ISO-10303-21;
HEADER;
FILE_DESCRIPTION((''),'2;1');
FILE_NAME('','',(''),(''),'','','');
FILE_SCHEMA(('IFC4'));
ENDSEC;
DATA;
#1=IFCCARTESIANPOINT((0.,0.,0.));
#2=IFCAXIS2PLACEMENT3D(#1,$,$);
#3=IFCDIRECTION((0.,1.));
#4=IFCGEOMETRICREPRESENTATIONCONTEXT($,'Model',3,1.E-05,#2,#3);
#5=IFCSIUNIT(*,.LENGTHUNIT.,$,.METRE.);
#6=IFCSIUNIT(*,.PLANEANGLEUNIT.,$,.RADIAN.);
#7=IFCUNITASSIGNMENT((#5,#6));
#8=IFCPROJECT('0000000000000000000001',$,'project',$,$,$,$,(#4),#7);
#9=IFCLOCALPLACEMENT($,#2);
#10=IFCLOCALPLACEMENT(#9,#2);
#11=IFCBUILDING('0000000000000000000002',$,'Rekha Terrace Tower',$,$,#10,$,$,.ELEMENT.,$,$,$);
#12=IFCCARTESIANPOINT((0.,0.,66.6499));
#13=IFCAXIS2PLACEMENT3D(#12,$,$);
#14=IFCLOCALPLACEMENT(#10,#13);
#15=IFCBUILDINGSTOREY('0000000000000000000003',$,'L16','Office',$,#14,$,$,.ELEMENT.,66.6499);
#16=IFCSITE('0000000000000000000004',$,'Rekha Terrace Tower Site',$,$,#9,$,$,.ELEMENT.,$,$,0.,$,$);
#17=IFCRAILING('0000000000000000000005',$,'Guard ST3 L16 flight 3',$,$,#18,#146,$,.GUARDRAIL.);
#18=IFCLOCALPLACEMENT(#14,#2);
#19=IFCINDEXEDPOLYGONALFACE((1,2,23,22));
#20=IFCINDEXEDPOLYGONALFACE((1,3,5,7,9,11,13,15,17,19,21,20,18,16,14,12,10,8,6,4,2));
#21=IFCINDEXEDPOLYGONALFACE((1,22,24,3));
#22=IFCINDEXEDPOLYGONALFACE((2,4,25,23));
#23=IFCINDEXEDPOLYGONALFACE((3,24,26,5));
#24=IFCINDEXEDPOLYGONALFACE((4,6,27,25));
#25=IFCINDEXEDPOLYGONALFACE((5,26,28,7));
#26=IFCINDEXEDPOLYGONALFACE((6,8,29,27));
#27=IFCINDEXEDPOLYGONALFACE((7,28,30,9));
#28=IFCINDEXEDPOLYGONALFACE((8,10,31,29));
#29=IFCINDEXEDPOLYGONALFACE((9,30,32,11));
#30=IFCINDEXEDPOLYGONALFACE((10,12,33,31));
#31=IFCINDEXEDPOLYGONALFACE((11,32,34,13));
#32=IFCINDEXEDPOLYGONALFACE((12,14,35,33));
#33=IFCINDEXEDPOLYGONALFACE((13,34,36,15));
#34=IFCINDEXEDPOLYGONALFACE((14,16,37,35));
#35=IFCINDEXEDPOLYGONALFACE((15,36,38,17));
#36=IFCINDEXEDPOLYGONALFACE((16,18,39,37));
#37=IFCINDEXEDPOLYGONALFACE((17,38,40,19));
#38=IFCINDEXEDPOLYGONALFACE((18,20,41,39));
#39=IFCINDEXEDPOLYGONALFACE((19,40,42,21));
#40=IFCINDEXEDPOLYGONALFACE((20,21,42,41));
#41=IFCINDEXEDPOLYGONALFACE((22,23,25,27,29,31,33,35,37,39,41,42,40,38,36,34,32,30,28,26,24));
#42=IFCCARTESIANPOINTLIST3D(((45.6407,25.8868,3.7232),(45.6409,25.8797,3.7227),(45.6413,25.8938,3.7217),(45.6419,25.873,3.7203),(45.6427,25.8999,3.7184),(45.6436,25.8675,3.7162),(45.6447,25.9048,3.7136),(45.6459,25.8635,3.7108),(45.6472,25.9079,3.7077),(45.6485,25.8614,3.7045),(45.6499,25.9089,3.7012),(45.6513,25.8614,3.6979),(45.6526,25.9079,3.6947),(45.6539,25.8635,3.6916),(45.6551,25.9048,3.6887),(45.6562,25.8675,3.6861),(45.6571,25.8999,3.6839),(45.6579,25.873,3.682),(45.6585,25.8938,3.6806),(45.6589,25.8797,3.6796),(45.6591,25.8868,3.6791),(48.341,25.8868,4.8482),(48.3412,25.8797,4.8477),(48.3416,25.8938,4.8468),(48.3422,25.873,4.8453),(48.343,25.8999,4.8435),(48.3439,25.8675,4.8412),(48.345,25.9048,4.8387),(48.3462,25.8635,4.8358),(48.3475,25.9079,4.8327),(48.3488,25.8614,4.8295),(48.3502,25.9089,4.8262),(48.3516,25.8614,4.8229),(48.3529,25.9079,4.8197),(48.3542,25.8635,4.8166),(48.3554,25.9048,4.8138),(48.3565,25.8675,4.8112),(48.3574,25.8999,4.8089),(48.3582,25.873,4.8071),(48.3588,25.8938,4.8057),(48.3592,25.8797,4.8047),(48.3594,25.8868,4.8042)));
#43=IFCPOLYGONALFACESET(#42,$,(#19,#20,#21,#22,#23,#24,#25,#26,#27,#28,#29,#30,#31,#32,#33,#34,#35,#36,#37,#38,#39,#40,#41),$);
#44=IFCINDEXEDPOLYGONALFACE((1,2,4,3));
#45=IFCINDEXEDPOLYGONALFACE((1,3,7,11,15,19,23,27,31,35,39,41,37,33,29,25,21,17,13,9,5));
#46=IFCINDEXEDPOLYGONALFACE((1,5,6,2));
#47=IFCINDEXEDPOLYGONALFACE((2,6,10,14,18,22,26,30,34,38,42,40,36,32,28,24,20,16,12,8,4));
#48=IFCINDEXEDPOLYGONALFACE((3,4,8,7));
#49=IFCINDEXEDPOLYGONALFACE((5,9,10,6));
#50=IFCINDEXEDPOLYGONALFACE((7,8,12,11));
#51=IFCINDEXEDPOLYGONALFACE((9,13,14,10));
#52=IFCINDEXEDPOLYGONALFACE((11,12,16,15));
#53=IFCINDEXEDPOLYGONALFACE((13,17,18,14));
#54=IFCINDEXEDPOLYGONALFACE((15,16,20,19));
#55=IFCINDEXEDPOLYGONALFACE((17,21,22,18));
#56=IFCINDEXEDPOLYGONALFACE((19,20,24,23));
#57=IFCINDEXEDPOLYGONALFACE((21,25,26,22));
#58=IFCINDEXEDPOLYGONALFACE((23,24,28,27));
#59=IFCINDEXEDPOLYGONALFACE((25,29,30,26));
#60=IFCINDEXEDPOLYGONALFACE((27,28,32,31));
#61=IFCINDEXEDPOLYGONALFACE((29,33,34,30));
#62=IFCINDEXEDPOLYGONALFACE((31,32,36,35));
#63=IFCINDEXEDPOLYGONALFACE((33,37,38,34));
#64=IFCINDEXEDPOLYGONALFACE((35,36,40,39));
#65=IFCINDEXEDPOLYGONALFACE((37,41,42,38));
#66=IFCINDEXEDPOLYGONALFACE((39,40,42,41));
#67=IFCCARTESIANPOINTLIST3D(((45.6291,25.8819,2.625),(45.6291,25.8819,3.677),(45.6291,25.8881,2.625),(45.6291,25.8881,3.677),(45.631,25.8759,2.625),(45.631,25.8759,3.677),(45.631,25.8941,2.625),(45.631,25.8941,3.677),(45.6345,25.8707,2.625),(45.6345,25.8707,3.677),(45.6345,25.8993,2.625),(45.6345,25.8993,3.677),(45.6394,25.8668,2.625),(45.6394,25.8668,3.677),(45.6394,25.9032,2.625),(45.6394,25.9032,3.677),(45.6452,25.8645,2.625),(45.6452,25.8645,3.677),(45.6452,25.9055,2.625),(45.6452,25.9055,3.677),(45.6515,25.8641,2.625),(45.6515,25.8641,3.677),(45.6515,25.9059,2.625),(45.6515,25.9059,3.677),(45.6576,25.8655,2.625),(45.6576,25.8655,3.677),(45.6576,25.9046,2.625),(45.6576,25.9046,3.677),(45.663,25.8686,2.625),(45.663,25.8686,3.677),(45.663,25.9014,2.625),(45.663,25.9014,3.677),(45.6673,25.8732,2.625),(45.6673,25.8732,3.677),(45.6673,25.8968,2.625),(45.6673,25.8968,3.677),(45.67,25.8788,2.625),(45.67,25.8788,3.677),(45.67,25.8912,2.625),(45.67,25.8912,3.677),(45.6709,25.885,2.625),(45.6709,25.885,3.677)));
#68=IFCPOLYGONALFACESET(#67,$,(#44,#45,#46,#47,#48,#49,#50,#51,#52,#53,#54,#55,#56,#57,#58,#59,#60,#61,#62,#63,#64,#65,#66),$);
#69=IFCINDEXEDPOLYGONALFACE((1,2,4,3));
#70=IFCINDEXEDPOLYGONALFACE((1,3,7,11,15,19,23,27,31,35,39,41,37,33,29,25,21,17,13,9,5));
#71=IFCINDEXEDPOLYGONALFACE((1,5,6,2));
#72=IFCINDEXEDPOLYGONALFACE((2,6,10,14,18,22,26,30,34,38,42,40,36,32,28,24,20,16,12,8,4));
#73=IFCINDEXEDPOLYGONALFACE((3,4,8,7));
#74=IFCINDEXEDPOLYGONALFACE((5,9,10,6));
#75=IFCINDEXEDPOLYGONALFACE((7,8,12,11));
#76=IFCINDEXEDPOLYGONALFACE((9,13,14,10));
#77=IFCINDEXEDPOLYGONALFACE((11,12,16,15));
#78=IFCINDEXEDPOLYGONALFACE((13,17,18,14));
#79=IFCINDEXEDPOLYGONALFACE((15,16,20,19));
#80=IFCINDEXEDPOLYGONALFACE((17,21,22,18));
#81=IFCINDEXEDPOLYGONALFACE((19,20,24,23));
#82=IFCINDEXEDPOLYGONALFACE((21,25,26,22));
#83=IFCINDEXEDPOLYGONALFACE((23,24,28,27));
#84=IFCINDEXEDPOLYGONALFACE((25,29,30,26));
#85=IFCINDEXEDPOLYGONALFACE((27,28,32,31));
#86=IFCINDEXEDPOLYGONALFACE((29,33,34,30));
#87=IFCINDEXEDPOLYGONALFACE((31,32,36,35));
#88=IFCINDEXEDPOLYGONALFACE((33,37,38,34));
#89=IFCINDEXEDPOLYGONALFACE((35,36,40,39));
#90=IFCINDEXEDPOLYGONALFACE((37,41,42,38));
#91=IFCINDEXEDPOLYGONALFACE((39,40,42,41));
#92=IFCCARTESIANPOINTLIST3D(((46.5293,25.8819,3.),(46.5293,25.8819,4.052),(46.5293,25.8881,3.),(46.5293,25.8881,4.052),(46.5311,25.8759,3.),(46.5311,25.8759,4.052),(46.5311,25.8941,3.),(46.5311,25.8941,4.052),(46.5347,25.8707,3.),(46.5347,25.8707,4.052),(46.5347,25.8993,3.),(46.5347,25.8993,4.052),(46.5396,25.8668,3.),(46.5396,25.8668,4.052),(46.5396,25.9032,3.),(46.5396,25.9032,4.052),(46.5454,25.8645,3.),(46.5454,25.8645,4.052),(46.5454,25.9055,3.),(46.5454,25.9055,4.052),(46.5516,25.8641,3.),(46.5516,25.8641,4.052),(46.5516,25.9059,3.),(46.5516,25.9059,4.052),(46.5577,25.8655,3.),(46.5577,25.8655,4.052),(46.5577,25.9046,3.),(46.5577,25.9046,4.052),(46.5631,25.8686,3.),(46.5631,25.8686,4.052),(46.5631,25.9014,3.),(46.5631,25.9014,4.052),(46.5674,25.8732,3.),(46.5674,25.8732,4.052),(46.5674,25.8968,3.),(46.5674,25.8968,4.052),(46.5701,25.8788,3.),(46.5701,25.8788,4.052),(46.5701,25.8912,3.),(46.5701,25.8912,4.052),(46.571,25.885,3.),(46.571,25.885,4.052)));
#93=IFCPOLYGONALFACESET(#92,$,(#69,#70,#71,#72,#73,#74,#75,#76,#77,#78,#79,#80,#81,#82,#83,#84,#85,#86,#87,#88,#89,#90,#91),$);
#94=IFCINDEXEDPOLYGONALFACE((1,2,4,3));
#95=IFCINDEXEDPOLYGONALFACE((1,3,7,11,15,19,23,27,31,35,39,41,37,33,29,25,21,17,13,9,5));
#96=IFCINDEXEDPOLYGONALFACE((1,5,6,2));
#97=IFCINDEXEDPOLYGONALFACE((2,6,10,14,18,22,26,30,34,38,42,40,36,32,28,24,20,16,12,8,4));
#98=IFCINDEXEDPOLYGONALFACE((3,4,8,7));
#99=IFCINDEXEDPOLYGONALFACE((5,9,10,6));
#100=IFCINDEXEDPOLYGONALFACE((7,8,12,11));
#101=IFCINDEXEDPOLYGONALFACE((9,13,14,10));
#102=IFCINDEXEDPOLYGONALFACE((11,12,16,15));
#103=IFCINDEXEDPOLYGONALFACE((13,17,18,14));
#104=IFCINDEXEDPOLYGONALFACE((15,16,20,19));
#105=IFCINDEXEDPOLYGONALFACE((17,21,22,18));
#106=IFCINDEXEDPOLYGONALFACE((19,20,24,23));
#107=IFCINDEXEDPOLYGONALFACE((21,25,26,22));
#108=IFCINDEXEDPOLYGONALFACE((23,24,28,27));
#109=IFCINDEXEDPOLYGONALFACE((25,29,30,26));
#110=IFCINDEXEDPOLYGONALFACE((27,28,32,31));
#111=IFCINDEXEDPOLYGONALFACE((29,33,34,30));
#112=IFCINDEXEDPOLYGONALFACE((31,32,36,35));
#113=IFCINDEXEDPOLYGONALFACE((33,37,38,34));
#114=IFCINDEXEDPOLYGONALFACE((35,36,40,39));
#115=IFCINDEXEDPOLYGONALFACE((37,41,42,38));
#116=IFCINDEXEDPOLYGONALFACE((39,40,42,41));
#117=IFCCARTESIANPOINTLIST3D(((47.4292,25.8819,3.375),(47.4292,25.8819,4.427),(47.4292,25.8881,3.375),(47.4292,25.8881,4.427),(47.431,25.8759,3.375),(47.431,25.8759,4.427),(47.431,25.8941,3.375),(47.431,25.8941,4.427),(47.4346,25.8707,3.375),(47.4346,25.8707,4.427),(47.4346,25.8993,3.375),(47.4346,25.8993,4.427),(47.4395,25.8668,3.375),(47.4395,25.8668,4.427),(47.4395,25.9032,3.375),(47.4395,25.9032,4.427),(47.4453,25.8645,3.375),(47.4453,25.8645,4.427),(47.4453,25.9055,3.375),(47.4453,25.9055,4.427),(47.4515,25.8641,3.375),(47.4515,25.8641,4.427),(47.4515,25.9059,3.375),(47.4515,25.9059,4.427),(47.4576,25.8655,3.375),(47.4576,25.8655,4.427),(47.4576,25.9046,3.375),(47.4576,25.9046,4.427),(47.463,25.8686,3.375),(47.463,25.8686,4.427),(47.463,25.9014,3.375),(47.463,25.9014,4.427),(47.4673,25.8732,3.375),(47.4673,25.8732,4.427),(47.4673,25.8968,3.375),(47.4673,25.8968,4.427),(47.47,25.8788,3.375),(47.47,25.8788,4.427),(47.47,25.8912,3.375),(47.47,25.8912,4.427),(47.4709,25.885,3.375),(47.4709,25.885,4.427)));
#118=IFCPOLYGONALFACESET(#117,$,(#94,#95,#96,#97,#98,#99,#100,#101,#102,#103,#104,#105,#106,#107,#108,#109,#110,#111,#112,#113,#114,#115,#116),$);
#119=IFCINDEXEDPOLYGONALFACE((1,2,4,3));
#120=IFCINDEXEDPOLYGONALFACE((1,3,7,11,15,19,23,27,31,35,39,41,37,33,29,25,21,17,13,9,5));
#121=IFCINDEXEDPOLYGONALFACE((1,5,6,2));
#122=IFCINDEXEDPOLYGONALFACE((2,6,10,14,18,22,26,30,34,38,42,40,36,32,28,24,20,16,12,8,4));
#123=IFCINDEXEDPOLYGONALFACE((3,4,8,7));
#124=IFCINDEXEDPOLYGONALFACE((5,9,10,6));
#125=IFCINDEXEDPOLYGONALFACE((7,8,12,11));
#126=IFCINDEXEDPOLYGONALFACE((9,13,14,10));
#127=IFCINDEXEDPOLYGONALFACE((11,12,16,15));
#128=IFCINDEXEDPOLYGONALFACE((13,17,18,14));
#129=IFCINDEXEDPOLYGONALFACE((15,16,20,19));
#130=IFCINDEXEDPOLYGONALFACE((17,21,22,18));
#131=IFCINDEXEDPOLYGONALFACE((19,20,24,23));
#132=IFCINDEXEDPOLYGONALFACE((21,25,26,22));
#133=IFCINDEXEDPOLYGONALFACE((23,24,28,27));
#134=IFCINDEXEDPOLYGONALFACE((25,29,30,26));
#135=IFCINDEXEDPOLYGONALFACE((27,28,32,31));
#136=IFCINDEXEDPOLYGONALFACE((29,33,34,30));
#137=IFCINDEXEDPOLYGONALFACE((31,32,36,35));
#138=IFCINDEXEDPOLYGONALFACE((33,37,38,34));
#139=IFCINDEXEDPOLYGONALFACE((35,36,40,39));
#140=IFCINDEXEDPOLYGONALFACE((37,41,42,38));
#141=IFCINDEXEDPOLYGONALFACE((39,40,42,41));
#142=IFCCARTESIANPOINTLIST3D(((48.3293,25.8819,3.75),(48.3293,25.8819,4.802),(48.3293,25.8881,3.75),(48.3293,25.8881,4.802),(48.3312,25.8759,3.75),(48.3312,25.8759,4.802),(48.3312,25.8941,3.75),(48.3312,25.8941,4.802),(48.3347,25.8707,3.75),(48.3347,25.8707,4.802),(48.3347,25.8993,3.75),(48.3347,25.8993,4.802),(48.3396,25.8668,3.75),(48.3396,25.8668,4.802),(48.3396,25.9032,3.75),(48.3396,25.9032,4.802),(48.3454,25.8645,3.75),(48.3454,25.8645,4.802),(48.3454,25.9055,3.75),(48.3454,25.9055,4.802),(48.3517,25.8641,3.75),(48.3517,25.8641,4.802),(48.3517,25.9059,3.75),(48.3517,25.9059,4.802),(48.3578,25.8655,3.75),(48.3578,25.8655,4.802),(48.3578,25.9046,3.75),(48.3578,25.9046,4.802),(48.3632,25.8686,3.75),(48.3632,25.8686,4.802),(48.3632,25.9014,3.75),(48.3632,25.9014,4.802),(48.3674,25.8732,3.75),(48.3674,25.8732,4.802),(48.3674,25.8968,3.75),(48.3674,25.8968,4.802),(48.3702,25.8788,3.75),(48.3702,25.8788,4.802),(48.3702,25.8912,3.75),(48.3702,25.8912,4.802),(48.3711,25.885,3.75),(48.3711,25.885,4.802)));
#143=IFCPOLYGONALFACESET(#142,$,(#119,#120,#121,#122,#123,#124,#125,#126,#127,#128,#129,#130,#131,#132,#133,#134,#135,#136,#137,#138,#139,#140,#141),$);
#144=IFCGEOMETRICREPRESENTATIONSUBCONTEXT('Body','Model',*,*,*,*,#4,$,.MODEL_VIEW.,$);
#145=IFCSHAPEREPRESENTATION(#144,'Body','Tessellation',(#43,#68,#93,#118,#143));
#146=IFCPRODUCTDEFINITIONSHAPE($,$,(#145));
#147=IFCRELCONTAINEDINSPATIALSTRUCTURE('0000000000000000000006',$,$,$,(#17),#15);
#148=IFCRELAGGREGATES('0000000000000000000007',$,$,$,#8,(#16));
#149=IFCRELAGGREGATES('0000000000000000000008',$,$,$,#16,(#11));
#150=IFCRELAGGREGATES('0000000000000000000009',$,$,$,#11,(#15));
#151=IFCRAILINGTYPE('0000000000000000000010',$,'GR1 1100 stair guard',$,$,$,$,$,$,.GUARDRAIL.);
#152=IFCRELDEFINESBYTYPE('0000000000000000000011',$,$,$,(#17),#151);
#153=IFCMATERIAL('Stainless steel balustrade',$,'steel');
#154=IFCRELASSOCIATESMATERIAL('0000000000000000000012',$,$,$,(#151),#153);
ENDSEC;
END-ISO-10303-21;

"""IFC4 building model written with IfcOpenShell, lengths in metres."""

from ifc_helpers import new_model, si_unit, direction, frame, origin, origin_2d, place, context, subcontext, project, spatial, circle, extrude, material, type_object, element, save


model = new_model("IFC4")

# Units and contexts
model_context = context("Model", 3, precision=1e-05, world=origin(), true_north=direction((0.0, 1.0)))
body_context = subcontext(model_context, "Body", "Model", "MODEL_VIEW")
ifc_project = project(units=[si_unit("LENGTHUNIT", "METRE"), si_unit("PLANEANGLEUNIT", "RADIAN")], contexts=[model_context])

# Site, building, storey
site_placement = place(None, origin())
site = spatial("IfcSite", under=ifc_project, at=site_placement, Name="Rekha Terrace Tower Site", CompositionType="ELEMENT", RefElevation=0.0)
building_placement = place(site_placement, origin())
building = spatial("IfcBuilding", under=site, at=building_placement, Name="Rekha Terrace Tower", CompositionType="ELEMENT")
storey_placement = place(building_placement, frame((0.0, 0.0, 66.6499)))
storey = spatial("IfcBuildingStorey", under=building, at=storey_placement, Name="L16", Description="Office", CompositionType="ELEMENT", Elevation=66.6499)

# Railing
ifc_material_1 = material(Name="Stainless steel balustrade", Category="steel")
railing_type_1 = type_object("IfcRailingType", Name="GR1 1100 stair guard", PredefinedType="GUARDRAIL", material=ifc_material_1)
railing_1_placement = place(storey_placement, frame((45.6499, 25.885, 2.625)))
element("IfcRailing", 1, at=railing_1_placement, inside=storey, type_object=railing_type_1, Name="Guard ST3 L16 flight 3", PredefinedType="GUARDRAIL", context=body_context, shape_type="SweptSolid", body=[
    extrude(circle(Radius=0.0239, at=origin_2d()), frame((0.0, 0.0, 1.0762), z_axis=(0.923087, 0.0, 0.384592), x_axis=(0.0, 1.0, 0.0)), (0.0, 0.0, 1.0), 2.9253),
    extrude(circle(Radius=0.021, at=origin_2d()), origin(), (0.0, 0.0, 1.0), 1.052),
    extrude(circle(Radius=0.021, at=origin_2d()), frame((0.9001, 0.0, 0.375)), (0.0, 0.0, 1.0), 1.052),
    extrude(circle(Radius=0.021, at=origin_2d()), frame((1.8, 0.0, 0.75)), (0.0, 0.0, 1.0), 1.052),
    extrude(circle(Radius=0.021, at=origin_2d()), frame((2.7002, 0.0, 1.125)), (0.0, 0.0, 1.0), 1.052),
])

save(model, "model.ifc")
